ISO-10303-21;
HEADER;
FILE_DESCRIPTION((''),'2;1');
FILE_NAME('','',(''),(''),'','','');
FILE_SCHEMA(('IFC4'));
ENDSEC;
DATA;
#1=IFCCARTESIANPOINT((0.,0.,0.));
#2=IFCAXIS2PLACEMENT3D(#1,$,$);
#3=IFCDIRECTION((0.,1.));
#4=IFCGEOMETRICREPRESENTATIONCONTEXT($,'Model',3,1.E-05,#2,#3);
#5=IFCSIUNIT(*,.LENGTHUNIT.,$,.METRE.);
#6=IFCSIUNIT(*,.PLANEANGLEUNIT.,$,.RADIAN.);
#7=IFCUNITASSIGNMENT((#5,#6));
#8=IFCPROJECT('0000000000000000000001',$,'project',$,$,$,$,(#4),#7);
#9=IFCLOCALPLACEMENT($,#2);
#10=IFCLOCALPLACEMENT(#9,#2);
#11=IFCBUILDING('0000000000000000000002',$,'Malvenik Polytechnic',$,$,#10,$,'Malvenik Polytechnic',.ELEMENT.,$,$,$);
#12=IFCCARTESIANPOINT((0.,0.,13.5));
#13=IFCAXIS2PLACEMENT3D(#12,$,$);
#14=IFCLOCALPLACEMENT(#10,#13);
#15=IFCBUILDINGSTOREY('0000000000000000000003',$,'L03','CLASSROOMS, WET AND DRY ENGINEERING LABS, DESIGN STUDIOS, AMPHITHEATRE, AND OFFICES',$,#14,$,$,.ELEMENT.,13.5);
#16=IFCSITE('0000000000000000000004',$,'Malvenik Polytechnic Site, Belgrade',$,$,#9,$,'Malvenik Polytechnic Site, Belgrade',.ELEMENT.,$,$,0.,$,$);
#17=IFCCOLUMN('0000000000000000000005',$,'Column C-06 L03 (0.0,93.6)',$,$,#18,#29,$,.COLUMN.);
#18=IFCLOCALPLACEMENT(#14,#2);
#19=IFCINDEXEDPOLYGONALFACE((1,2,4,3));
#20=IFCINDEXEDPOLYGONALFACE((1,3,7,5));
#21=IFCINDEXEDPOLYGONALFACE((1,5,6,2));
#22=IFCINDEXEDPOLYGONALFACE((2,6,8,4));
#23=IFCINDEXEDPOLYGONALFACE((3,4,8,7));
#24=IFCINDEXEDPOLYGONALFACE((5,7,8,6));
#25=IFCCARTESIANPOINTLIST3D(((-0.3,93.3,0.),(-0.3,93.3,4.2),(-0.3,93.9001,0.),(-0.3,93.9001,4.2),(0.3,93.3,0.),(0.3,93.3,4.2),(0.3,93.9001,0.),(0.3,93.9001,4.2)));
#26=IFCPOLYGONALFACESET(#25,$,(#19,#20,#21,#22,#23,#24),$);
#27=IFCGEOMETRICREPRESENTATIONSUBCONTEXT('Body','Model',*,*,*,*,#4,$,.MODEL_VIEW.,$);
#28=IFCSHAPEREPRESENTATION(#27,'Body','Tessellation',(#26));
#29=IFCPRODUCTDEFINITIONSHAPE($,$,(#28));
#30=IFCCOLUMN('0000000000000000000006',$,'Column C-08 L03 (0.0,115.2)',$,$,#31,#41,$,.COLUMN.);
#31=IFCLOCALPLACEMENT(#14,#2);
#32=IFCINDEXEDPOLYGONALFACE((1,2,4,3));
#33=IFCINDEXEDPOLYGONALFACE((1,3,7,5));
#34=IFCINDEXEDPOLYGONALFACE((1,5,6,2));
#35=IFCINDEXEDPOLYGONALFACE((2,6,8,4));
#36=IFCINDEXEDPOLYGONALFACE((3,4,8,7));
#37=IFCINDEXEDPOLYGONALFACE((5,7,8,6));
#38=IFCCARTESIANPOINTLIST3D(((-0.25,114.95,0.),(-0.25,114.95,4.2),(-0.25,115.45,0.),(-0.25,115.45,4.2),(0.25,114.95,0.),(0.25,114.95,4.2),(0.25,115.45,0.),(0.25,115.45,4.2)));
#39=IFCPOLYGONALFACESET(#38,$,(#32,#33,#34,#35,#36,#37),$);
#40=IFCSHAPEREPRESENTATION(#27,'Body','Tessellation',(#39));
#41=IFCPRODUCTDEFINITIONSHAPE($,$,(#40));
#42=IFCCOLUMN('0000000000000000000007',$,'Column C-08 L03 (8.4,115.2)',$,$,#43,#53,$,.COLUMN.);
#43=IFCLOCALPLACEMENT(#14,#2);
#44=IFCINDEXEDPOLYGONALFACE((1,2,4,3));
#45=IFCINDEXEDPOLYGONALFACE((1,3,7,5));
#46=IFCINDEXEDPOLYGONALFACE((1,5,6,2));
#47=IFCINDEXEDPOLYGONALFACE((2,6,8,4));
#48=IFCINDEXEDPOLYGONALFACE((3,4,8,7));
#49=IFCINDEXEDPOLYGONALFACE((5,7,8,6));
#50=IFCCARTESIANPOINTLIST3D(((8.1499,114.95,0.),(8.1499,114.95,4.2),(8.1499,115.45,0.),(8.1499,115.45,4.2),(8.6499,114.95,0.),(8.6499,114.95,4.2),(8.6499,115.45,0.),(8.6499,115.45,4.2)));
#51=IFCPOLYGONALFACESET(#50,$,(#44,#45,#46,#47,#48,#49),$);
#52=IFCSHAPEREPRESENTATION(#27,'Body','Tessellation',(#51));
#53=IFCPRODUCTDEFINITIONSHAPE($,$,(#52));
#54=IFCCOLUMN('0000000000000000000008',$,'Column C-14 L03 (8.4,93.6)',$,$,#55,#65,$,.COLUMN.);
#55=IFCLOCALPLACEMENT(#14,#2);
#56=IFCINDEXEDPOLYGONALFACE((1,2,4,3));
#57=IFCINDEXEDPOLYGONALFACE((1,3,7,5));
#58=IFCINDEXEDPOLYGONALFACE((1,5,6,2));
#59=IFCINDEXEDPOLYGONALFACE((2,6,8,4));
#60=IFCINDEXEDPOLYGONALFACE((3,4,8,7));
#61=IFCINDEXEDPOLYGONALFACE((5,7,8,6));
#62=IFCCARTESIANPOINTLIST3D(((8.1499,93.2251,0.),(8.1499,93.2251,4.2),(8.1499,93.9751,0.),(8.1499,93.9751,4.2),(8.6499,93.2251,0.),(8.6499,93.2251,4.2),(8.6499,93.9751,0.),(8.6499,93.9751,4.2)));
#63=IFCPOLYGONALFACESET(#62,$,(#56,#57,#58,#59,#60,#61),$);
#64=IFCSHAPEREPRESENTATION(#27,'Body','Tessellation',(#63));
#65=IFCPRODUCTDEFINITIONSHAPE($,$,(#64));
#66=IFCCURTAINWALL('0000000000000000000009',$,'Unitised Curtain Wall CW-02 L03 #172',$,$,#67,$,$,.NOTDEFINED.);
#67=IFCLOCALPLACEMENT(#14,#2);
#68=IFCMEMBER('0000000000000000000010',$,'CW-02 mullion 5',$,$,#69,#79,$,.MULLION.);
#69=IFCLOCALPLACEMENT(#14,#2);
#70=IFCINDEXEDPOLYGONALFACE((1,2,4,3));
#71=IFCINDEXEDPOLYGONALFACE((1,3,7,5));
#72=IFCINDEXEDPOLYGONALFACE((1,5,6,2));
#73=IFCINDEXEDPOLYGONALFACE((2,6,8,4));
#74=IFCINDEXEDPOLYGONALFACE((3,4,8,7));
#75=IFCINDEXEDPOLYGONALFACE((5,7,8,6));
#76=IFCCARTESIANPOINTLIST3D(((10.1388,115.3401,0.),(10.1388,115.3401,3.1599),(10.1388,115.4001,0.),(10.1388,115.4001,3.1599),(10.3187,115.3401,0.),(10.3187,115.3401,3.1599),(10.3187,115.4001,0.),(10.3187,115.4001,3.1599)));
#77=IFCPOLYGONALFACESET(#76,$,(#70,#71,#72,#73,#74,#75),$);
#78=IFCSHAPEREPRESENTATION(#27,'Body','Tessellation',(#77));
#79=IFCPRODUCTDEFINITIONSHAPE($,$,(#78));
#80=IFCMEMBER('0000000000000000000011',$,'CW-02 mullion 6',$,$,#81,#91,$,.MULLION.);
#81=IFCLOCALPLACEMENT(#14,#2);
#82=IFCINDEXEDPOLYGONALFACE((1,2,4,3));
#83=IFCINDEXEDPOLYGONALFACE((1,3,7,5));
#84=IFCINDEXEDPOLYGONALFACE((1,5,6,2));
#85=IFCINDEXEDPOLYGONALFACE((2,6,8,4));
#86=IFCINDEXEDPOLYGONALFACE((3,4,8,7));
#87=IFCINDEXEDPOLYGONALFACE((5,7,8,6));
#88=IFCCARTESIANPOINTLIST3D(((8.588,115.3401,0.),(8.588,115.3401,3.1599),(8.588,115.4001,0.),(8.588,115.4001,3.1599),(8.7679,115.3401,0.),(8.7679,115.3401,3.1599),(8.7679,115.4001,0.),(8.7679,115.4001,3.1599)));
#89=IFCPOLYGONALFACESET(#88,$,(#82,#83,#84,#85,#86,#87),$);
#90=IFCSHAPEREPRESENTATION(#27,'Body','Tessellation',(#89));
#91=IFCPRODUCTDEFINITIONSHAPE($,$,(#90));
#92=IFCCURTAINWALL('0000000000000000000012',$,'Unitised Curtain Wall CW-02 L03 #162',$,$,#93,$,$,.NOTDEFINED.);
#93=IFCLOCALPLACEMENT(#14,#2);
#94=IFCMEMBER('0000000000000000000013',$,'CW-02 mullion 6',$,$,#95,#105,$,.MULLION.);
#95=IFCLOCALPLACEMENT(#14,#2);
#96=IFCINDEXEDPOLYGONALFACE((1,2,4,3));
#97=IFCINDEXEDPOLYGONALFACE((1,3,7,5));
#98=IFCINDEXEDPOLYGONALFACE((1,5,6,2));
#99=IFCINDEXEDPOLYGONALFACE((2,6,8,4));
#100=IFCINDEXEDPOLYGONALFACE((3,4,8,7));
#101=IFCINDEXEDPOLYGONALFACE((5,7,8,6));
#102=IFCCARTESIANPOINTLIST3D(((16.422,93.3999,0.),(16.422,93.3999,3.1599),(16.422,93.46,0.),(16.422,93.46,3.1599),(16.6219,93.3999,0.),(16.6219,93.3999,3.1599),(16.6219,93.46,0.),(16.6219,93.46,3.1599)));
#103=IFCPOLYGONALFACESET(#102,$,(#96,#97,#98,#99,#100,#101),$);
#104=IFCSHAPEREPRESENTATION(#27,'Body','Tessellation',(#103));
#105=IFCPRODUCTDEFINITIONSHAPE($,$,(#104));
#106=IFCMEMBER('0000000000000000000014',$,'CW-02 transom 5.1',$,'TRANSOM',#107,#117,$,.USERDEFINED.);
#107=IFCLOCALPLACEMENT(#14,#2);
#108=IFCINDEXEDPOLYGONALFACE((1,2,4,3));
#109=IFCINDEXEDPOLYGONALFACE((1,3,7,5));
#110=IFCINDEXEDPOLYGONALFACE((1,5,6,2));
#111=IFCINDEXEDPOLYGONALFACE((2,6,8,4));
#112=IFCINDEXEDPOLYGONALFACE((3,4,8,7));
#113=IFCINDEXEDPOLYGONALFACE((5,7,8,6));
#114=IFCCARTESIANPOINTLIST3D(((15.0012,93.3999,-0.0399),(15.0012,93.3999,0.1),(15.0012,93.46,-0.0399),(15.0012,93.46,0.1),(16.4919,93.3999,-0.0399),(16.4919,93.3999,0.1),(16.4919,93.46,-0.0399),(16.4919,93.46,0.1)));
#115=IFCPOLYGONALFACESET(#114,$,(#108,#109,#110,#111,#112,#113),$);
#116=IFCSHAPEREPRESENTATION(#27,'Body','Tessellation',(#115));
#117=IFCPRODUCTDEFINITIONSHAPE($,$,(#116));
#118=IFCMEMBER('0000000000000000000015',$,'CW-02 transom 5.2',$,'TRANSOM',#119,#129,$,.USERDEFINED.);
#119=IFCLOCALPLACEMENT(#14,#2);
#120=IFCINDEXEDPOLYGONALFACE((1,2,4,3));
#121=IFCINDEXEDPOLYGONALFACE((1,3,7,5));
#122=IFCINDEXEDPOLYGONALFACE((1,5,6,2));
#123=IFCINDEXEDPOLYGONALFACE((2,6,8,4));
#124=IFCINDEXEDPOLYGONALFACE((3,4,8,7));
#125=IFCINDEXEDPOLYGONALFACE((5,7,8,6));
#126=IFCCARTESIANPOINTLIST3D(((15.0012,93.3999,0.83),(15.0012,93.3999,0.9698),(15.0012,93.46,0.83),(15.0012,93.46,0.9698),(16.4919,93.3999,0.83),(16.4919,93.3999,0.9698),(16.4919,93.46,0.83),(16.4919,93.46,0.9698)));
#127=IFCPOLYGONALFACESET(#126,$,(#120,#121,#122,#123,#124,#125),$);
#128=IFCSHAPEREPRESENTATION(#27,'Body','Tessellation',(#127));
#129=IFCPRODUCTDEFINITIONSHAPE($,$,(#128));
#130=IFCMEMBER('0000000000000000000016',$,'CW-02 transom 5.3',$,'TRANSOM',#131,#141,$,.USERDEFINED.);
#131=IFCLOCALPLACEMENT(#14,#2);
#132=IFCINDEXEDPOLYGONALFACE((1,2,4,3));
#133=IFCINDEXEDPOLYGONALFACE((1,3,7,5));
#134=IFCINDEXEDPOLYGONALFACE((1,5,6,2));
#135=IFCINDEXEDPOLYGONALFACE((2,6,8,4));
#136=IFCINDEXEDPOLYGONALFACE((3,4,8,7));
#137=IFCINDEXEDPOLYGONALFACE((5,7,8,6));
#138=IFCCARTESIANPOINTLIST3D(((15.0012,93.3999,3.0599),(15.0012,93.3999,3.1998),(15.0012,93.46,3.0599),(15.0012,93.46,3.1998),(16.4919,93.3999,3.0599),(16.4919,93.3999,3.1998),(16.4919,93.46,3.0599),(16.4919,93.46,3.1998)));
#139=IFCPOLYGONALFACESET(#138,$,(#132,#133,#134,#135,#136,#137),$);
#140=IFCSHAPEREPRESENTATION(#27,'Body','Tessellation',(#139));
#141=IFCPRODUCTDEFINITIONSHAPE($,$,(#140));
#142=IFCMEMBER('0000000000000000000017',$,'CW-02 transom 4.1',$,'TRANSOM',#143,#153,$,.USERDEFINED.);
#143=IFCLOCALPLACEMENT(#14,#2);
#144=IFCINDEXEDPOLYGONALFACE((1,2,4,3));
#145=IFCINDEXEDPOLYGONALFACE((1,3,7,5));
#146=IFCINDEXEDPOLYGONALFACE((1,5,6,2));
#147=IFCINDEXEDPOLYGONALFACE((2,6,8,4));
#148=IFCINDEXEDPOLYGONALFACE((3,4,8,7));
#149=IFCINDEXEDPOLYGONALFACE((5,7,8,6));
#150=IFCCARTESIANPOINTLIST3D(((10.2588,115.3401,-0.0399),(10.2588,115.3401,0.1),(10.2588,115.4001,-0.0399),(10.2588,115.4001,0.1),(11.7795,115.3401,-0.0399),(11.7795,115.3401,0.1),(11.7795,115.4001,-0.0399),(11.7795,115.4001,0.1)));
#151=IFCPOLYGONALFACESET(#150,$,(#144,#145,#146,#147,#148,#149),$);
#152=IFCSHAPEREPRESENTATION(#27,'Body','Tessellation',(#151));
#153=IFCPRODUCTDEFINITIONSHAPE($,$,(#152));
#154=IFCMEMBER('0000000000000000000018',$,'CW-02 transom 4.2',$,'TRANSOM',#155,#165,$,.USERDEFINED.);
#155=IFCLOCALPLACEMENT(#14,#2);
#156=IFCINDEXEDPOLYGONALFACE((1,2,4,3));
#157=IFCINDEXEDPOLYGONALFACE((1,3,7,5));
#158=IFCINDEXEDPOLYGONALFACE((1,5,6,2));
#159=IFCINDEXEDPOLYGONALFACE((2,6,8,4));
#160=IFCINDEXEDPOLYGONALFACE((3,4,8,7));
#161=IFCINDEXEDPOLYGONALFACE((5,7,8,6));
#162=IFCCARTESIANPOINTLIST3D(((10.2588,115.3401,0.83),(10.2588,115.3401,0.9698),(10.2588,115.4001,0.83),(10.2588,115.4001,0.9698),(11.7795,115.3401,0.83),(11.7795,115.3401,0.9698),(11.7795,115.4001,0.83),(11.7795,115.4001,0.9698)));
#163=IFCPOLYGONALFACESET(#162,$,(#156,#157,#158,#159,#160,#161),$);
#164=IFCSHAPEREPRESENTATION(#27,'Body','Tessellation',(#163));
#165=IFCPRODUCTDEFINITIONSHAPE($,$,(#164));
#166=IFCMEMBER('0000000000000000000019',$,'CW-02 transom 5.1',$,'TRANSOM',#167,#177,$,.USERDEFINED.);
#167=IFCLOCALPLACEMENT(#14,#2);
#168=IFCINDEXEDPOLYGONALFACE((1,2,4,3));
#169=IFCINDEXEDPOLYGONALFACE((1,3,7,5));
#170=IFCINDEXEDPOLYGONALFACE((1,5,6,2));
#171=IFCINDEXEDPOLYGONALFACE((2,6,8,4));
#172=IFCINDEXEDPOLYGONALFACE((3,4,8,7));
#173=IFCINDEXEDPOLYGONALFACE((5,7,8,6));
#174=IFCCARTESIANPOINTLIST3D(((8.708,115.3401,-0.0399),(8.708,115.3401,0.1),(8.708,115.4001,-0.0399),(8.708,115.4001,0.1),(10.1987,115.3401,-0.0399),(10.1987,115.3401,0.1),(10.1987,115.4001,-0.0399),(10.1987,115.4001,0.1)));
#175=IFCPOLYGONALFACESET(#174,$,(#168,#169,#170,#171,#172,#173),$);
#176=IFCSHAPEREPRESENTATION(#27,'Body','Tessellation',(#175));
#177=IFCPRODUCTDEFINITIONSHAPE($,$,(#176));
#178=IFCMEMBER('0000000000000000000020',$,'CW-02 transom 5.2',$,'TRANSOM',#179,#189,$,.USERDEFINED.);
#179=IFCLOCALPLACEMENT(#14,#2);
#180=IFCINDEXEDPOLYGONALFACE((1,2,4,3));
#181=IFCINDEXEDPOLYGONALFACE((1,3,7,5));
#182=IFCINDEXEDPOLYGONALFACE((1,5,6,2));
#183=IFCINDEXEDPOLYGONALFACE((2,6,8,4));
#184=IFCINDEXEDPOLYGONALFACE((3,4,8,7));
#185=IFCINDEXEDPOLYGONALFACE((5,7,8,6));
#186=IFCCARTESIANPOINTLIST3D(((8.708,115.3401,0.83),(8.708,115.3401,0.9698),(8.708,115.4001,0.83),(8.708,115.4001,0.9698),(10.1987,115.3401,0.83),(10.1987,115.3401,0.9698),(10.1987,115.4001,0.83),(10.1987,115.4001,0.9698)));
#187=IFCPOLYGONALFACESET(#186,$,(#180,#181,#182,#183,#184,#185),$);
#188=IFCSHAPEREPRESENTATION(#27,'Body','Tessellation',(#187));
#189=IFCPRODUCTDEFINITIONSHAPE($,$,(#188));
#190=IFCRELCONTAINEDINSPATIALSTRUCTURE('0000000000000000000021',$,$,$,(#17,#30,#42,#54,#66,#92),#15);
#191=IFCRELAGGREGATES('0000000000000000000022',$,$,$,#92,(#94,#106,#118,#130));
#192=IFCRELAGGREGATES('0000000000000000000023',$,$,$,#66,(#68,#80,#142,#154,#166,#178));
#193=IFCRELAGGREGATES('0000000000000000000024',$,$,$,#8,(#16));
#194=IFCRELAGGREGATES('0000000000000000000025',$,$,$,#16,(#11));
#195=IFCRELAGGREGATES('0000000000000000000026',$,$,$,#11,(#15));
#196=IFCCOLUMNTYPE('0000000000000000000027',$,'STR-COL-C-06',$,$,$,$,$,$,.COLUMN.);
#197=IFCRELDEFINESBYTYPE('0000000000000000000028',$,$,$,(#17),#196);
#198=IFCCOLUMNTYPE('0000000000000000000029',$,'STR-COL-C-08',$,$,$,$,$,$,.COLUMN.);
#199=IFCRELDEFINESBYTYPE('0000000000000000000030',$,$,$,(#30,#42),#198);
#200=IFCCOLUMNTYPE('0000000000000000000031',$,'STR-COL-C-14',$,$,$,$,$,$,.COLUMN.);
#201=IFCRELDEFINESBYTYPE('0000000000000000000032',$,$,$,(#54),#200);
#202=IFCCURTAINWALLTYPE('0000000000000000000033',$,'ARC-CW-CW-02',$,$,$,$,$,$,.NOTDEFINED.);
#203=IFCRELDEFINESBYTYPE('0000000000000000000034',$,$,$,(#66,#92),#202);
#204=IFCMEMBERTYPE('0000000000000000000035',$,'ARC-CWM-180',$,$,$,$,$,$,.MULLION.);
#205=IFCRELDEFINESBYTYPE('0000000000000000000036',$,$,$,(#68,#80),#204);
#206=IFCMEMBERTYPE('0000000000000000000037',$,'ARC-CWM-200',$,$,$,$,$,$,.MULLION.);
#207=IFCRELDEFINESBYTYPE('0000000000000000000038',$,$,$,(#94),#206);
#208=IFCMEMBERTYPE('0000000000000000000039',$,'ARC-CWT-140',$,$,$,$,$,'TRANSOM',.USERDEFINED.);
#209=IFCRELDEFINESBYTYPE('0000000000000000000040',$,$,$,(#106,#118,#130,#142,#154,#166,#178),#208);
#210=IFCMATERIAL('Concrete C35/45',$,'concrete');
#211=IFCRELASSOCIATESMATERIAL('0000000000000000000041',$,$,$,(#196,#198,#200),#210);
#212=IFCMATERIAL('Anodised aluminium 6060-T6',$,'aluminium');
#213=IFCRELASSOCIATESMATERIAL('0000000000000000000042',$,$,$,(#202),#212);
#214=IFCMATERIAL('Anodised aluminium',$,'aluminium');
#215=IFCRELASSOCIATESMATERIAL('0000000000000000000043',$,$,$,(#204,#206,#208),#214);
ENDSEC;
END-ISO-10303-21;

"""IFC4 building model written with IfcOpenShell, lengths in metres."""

from ifc_helpers import new_model, si_unit, direction, frame, origin, origin_2d, place, context, subcontext, project, spatial, rectangle, extrude, material, material_profile, profile_set, type_object, element, aggregate, save


model = new_model("IFC4")

# Units and contexts
model_context = context("Model", 3, precision=1e-05, world=origin(), true_north=direction((0.0, 1.0)))
body_context = subcontext(model_context, "Body", "Model", "MODEL_VIEW")
ifc_project = project(units=[si_unit("LENGTHUNIT", "METRE"), si_unit("PLANEANGLEUNIT", "RADIAN")], contexts=[model_context])

# Site, building, storey
site_placement = place(None, origin())
site = spatial("IfcSite", under=ifc_project, at=site_placement, Name="Malvenik Polytechnic Site, Belgrade", LongName="Malvenik Polytechnic Site, Belgrade", CompositionType="ELEMENT", RefElevation=0.0)
building_placement = place(site_placement, origin())
building = spatial("IfcBuilding", under=site, at=building_placement, Name="Malvenik Polytechnic", LongName="Malvenik Polytechnic", CompositionType="ELEMENT")
storey_placement = place(building_placement, frame((0.0, 0.0, 13.5)))
storey = spatial("IfcBuildingStorey", under=building, at=storey_placement, Name="L03", Description="CLASSROOMS, WET AND DRY ENGINEERING LABS, DESIGN STUDIOS, AMPHITHEATRE, AND OFFICES", CompositionType="ELEMENT", Elevation=13.5)

# Columns
ifc_material_1 = material(Name="Concrete C35/45", Category="concrete")
ifc_material_profile_1 = material_profile(ifc_material_1, rectangle(XDim=0.6001, YDim=0.6001, at=origin_2d()), Name="RC COL 600x600")
ifc_profile_set_1 = profile_set([ifc_material_profile_1], Name="Concrete C35/45")
column_type_1 = type_object("IfcColumnType", Name="STR-COL-C-06", PredefinedType="COLUMN", material=ifc_profile_set_1)
column_1_placement = place(storey_placement, frame((0.0, 93.6001, 0.0), z_axis=(0.0, 0.0, 1.0), x_axis=(1.0, 0.0, 0.0)))
element("IfcColumn", 1, at=column_1_placement, inside=storey, type_object=column_type_1, Name="Column C-06 L03 (0.0,93.6)", PredefinedType="COLUMN", context=body_context, shape_type="SweptSolid", body=[
    extrude(rectangle(XDim=0.6001, YDim=0.6001, at=origin_2d()), origin(), (0.0, 0.0, 1.0), 4.2),
])
ifc_material_profile_2 = material_profile(ifc_material_1, rectangle(XDim=0.5, YDim=0.5, at=origin_2d()), Name="RC COL 500x500")
ifc_profile_set_2 = profile_set([ifc_material_profile_2], Name="Concrete C35/45")
column_type_2 = type_object("IfcColumnType", Name="STR-COL-C-08", PredefinedType="COLUMN", material=ifc_profile_set_2)
for number, where, z_axis, x_axis, name in (
    (2, (0.0, 115.2, 0.0), (0.0, 0.0, 1.0), (1.0, 0.0, 0.0), "Column C-08 L03 (0.0,115.2)"),
    (3, (8.3999, 115.2, 0.0), (0.0, 0.0, 1.0), (1.0, 0.0, 0.0), "Column C-08 L03 (8.4,115.2)"),
):
    element("IfcColumn", number, at=place(storey_placement, frame(where, z_axis=z_axis, x_axis=x_axis)), inside=storey, type_object=column_type_2, Name=name, PredefinedType="COLUMN", context=body_context, shape_type="SweptSolid", body=[
        extrude(rectangle(XDim=0.5, YDim=0.5, at=origin_2d()), origin(), (0.0, 0.0, 1.0), 4.2),
    ])
ifc_material_profile_3 = material_profile(ifc_material_1, rectangle(XDim=0.5, YDim=0.75, at=origin_2d()), Name="RC COL 750x500")
ifc_profile_set_3 = profile_set([ifc_material_profile_3], Name="Concrete C35/45")
column_type_3 = type_object("IfcColumnType", Name="STR-COL-C-14", PredefinedType="COLUMN", material=ifc_profile_set_3)
column_2_placement = place(storey_placement, frame((8.3999, 93.6001, 0.0), z_axis=(0.0, 0.0, 1.0), x_axis=(1.0, 0.0, 0.0)))
element("IfcColumn", 4, at=column_2_placement, inside=storey, type_object=column_type_3, Name="Column C-14 L03 (8.4,93.6)", PredefinedType="COLUMN", context=body_context, shape_type="SweptSolid", body=[
    extrude(rectangle(XDim=0.5, YDim=0.75, at=origin_2d()), origin(), (0.0, 0.0, 1.0), 4.2),
])

# Curtain walls, members
ifc_material_2 = material(Name="Anodised aluminium 6060-T6", Category="aluminium")
curtain_wall_type = type_object("IfcCurtainWallType", Name="ARC-CW-CW-02", PredefinedType="NOTDEFINED", material=ifc_material_2)
curtain_wall_1_placement = place(storey_placement, origin())
curtain_wall_1 = element("IfcCurtainWall", 5, at=curtain_wall_1_placement, inside=storey, type_object=curtain_wall_type, Name="Unitised Curtain Wall CW-02 L03 #172", PredefinedType="NOTDEFINED")
ifc_material_3 = material(Name="Anodised aluminium", Category="aluminium")
ifc_material_profile_4 = material_profile(ifc_material_3, rectangle(XDim=0.0601, YDim=0.1799, at=origin_2d()), Name="ALU MULLION 60x180")
ifc_profile_set_4 = profile_set([ifc_material_profile_4], Name="Anodised aluminium")
member_type_1 = type_object("IfcMemberType", Name="ARC-CWM-180", PredefinedType="MULLION", material=ifc_profile_set_4)
member_1_placement = place(storey_placement, frame((10.2288, 115.3701, 0.0), z_axis=(0.0, 0.0, 1.0), x_axis=(0.0, -1.0, 0.0)))
member_1 = element("IfcMember", 6, at=member_1_placement, type_object=member_type_1, Name="CW-02 mullion 5", PredefinedType="MULLION", context=body_context, shape_type="SweptSolid", body=[
    extrude(rectangle(XDim=0.0601, YDim=0.1799, at=origin_2d()), origin(), (0.0, 0.0, 1.0), 3.1599),
])
member_2_placement = place(storey_placement, frame((8.678, 115.3701, 0.0), z_axis=(0.0, 0.0, 1.0), x_axis=(0.0, -1.0, 0.0)))
member_2 = element("IfcMember", 7, at=member_2_placement, type_object=member_type_1, Name="CW-02 mullion 6", PredefinedType="MULLION", context=body_context, shape_type="SweptSolid", body=[
    extrude(rectangle(XDim=0.0601, YDim=0.1799, at=origin_2d()), origin(), (0.0, 0.0, 1.0), 3.1599),
])
curtain_wall_2_placement = place(storey_placement, origin())
curtain_wall_2 = element("IfcCurtainWall", 8, at=curtain_wall_2_placement, inside=storey, type_object=curtain_wall_type, Name="Unitised Curtain Wall CW-02 L03 #162", PredefinedType="NOTDEFINED")
ifc_material_profile_5 = material_profile(ifc_material_3, rectangle(XDim=0.0601, YDim=0.2, at=origin_2d()), Name="ALU MULLION 60x200")
ifc_profile_set_5 = profile_set([ifc_material_profile_5], Name="Anodised aluminium")
member_type_2 = type_object("IfcMemberType", Name="ARC-CWM-200", PredefinedType="MULLION", material=ifc_profile_set_5)
member_3_placement = place(storey_placement, frame((16.522, 93.4299, 0.0), z_axis=(0.0, 0.0, 1.0), x_axis=(0.0, 1.0, 0.0)))
member_3 = element("IfcMember", 9, at=member_3_placement, type_object=member_type_2, Name="CW-02 mullion 6", PredefinedType="MULLION", context=body_context, shape_type="SweptSolid", body=[
    extrude(rectangle(XDim=0.0601, YDim=0.2, at=origin_2d()), origin(), (0.0, 0.0, 1.0), 3.1599),
])
ifc_material_profile_6 = material_profile(ifc_material_3, rectangle(XDim=0.0601, YDim=0.1399, at=origin_2d()), Name="ALU TRANSOM 60x140")
ifc_profile_set_6 = profile_set([ifc_material_profile_6], Name="Anodised aluminium")
member_type_3 = type_object("IfcMemberType", Name="ARC-CWT-140", ElementType="TRANSOM", PredefinedType="USERDEFINED", material=ifc_profile_set_6)
member_4_placement = place(storey_placement, frame((15.0012, 93.4299, 0.03), z_axis=(1.0, 0.0, 0.0), x_axis=(0.0, 1.0, 0.0)))
member_4 = element("IfcMember", 10, at=member_4_placement, type_object=member_type_3, Name="CW-02 transom 5.1", ObjectType="TRANSOM", PredefinedType="USERDEFINED", context=body_context, shape_type="SweptSolid", body=[
    extrude(rectangle(XDim=0.0601, YDim=0.1399, at=origin_2d()), origin(), (0.0, 0.0, 1.0), 1.4907),
])
member_5_placement = place(storey_placement, frame((15.0012, 93.4299, 0.8999), z_axis=(1.0, 0.0, 0.0), x_axis=(0.0, 1.0, 0.0)))
member_5 = element("IfcMember", 11, at=member_5_placement, type_object=member_type_3, Name="CW-02 transom 5.2", ObjectType="TRANSOM", PredefinedType="USERDEFINED", context=body_context, shape_type="SweptSolid", body=[
    extrude(rectangle(XDim=0.0601, YDim=0.1399, at=origin_2d()), origin(), (0.0, 0.0, 1.0), 1.4907),
])
member_6_placement = place(storey_placement, frame((15.0012, 93.4299, 3.1299), z_axis=(1.0, 0.0, 0.0), x_axis=(0.0, 1.0, 0.0)))
member_6 = element("IfcMember", 12, at=member_6_placement, type_object=member_type_3, Name="CW-02 transom 5.3", ObjectType="TRANSOM", PredefinedType="USERDEFINED", context=body_context, shape_type="SweptSolid", body=[
    extrude(rectangle(XDim=0.0601, YDim=0.1399, at=origin_2d()), origin(), (0.0, 0.0, 1.0), 1.4907),
])

# Members
member_7_placement = place(storey_placement, frame((11.7795, 115.3701, 0.03), z_axis=(-1.0, 0.0, 0.0), x_axis=(0.0, -1.0, 0.0)))
member_7 = element("IfcMember", 13, at=member_7_placement, type_object=member_type_3, Name="CW-02 transom 4.1", ObjectType="TRANSOM", PredefinedType="USERDEFINED", context=body_context, shape_type="SweptSolid", body=[
    extrude(rectangle(XDim=0.0601, YDim=0.1399, at=origin_2d()), origin(), (0.0, 0.0, 1.0), 1.5208),
])
member_8_placement = place(storey_placement, frame((11.7795, 115.3701, 0.8999), z_axis=(-1.0, 0.0, 0.0), x_axis=(0.0, -1.0, 0.0)))
member_8 = element("IfcMember", 14, at=member_8_placement, type_object=member_type_3, Name="CW-02 transom 4.2", ObjectType="TRANSOM", PredefinedType="USERDEFINED", context=body_context, shape_type="SweptSolid", body=[
    extrude(rectangle(XDim=0.0601, YDim=0.1399, at=origin_2d()), origin(), (0.0, 0.0, 1.0), 1.5208),
])
member_9_placement = place(storey_placement, frame((10.1987, 115.3701, 0.03), z_axis=(-1.0, 0.0, 0.0), x_axis=(0.0, -1.0, 0.0)))
member_9 = element("IfcMember", 15, at=member_9_placement, type_object=member_type_3, Name="CW-02 transom 5.1", ObjectType="TRANSOM", PredefinedType="USERDEFINED", context=body_context, shape_type="SweptSolid", body=[
    extrude(rectangle(XDim=0.0601, YDim=0.1399, at=origin_2d()), origin(), (0.0, 0.0, 1.0), 1.4907),
])
member_10_placement = place(storey_placement, frame((10.1987, 115.3701, 0.8999), z_axis=(-1.0, 0.0, 0.0), x_axis=(0.0, -1.0, 0.0)))
member_10 = element("IfcMember", 16, at=member_10_placement, type_object=member_type_3, Name="CW-02 transom 5.2", ObjectType="TRANSOM", PredefinedType="USERDEFINED", context=body_context, shape_type="SweptSolid", body=[
    extrude(rectangle(XDim=0.0601, YDim=0.1399, at=origin_2d()), origin(), (0.0, 0.0, 1.0), 1.4907),
])

aggregate(curtain_wall_2, [member_3, member_4, member_5, member_6])
aggregate(curtain_wall_1, [member_1, member_2, member_7, member_8, member_9, member_10])

save(model, "model.ifc")
